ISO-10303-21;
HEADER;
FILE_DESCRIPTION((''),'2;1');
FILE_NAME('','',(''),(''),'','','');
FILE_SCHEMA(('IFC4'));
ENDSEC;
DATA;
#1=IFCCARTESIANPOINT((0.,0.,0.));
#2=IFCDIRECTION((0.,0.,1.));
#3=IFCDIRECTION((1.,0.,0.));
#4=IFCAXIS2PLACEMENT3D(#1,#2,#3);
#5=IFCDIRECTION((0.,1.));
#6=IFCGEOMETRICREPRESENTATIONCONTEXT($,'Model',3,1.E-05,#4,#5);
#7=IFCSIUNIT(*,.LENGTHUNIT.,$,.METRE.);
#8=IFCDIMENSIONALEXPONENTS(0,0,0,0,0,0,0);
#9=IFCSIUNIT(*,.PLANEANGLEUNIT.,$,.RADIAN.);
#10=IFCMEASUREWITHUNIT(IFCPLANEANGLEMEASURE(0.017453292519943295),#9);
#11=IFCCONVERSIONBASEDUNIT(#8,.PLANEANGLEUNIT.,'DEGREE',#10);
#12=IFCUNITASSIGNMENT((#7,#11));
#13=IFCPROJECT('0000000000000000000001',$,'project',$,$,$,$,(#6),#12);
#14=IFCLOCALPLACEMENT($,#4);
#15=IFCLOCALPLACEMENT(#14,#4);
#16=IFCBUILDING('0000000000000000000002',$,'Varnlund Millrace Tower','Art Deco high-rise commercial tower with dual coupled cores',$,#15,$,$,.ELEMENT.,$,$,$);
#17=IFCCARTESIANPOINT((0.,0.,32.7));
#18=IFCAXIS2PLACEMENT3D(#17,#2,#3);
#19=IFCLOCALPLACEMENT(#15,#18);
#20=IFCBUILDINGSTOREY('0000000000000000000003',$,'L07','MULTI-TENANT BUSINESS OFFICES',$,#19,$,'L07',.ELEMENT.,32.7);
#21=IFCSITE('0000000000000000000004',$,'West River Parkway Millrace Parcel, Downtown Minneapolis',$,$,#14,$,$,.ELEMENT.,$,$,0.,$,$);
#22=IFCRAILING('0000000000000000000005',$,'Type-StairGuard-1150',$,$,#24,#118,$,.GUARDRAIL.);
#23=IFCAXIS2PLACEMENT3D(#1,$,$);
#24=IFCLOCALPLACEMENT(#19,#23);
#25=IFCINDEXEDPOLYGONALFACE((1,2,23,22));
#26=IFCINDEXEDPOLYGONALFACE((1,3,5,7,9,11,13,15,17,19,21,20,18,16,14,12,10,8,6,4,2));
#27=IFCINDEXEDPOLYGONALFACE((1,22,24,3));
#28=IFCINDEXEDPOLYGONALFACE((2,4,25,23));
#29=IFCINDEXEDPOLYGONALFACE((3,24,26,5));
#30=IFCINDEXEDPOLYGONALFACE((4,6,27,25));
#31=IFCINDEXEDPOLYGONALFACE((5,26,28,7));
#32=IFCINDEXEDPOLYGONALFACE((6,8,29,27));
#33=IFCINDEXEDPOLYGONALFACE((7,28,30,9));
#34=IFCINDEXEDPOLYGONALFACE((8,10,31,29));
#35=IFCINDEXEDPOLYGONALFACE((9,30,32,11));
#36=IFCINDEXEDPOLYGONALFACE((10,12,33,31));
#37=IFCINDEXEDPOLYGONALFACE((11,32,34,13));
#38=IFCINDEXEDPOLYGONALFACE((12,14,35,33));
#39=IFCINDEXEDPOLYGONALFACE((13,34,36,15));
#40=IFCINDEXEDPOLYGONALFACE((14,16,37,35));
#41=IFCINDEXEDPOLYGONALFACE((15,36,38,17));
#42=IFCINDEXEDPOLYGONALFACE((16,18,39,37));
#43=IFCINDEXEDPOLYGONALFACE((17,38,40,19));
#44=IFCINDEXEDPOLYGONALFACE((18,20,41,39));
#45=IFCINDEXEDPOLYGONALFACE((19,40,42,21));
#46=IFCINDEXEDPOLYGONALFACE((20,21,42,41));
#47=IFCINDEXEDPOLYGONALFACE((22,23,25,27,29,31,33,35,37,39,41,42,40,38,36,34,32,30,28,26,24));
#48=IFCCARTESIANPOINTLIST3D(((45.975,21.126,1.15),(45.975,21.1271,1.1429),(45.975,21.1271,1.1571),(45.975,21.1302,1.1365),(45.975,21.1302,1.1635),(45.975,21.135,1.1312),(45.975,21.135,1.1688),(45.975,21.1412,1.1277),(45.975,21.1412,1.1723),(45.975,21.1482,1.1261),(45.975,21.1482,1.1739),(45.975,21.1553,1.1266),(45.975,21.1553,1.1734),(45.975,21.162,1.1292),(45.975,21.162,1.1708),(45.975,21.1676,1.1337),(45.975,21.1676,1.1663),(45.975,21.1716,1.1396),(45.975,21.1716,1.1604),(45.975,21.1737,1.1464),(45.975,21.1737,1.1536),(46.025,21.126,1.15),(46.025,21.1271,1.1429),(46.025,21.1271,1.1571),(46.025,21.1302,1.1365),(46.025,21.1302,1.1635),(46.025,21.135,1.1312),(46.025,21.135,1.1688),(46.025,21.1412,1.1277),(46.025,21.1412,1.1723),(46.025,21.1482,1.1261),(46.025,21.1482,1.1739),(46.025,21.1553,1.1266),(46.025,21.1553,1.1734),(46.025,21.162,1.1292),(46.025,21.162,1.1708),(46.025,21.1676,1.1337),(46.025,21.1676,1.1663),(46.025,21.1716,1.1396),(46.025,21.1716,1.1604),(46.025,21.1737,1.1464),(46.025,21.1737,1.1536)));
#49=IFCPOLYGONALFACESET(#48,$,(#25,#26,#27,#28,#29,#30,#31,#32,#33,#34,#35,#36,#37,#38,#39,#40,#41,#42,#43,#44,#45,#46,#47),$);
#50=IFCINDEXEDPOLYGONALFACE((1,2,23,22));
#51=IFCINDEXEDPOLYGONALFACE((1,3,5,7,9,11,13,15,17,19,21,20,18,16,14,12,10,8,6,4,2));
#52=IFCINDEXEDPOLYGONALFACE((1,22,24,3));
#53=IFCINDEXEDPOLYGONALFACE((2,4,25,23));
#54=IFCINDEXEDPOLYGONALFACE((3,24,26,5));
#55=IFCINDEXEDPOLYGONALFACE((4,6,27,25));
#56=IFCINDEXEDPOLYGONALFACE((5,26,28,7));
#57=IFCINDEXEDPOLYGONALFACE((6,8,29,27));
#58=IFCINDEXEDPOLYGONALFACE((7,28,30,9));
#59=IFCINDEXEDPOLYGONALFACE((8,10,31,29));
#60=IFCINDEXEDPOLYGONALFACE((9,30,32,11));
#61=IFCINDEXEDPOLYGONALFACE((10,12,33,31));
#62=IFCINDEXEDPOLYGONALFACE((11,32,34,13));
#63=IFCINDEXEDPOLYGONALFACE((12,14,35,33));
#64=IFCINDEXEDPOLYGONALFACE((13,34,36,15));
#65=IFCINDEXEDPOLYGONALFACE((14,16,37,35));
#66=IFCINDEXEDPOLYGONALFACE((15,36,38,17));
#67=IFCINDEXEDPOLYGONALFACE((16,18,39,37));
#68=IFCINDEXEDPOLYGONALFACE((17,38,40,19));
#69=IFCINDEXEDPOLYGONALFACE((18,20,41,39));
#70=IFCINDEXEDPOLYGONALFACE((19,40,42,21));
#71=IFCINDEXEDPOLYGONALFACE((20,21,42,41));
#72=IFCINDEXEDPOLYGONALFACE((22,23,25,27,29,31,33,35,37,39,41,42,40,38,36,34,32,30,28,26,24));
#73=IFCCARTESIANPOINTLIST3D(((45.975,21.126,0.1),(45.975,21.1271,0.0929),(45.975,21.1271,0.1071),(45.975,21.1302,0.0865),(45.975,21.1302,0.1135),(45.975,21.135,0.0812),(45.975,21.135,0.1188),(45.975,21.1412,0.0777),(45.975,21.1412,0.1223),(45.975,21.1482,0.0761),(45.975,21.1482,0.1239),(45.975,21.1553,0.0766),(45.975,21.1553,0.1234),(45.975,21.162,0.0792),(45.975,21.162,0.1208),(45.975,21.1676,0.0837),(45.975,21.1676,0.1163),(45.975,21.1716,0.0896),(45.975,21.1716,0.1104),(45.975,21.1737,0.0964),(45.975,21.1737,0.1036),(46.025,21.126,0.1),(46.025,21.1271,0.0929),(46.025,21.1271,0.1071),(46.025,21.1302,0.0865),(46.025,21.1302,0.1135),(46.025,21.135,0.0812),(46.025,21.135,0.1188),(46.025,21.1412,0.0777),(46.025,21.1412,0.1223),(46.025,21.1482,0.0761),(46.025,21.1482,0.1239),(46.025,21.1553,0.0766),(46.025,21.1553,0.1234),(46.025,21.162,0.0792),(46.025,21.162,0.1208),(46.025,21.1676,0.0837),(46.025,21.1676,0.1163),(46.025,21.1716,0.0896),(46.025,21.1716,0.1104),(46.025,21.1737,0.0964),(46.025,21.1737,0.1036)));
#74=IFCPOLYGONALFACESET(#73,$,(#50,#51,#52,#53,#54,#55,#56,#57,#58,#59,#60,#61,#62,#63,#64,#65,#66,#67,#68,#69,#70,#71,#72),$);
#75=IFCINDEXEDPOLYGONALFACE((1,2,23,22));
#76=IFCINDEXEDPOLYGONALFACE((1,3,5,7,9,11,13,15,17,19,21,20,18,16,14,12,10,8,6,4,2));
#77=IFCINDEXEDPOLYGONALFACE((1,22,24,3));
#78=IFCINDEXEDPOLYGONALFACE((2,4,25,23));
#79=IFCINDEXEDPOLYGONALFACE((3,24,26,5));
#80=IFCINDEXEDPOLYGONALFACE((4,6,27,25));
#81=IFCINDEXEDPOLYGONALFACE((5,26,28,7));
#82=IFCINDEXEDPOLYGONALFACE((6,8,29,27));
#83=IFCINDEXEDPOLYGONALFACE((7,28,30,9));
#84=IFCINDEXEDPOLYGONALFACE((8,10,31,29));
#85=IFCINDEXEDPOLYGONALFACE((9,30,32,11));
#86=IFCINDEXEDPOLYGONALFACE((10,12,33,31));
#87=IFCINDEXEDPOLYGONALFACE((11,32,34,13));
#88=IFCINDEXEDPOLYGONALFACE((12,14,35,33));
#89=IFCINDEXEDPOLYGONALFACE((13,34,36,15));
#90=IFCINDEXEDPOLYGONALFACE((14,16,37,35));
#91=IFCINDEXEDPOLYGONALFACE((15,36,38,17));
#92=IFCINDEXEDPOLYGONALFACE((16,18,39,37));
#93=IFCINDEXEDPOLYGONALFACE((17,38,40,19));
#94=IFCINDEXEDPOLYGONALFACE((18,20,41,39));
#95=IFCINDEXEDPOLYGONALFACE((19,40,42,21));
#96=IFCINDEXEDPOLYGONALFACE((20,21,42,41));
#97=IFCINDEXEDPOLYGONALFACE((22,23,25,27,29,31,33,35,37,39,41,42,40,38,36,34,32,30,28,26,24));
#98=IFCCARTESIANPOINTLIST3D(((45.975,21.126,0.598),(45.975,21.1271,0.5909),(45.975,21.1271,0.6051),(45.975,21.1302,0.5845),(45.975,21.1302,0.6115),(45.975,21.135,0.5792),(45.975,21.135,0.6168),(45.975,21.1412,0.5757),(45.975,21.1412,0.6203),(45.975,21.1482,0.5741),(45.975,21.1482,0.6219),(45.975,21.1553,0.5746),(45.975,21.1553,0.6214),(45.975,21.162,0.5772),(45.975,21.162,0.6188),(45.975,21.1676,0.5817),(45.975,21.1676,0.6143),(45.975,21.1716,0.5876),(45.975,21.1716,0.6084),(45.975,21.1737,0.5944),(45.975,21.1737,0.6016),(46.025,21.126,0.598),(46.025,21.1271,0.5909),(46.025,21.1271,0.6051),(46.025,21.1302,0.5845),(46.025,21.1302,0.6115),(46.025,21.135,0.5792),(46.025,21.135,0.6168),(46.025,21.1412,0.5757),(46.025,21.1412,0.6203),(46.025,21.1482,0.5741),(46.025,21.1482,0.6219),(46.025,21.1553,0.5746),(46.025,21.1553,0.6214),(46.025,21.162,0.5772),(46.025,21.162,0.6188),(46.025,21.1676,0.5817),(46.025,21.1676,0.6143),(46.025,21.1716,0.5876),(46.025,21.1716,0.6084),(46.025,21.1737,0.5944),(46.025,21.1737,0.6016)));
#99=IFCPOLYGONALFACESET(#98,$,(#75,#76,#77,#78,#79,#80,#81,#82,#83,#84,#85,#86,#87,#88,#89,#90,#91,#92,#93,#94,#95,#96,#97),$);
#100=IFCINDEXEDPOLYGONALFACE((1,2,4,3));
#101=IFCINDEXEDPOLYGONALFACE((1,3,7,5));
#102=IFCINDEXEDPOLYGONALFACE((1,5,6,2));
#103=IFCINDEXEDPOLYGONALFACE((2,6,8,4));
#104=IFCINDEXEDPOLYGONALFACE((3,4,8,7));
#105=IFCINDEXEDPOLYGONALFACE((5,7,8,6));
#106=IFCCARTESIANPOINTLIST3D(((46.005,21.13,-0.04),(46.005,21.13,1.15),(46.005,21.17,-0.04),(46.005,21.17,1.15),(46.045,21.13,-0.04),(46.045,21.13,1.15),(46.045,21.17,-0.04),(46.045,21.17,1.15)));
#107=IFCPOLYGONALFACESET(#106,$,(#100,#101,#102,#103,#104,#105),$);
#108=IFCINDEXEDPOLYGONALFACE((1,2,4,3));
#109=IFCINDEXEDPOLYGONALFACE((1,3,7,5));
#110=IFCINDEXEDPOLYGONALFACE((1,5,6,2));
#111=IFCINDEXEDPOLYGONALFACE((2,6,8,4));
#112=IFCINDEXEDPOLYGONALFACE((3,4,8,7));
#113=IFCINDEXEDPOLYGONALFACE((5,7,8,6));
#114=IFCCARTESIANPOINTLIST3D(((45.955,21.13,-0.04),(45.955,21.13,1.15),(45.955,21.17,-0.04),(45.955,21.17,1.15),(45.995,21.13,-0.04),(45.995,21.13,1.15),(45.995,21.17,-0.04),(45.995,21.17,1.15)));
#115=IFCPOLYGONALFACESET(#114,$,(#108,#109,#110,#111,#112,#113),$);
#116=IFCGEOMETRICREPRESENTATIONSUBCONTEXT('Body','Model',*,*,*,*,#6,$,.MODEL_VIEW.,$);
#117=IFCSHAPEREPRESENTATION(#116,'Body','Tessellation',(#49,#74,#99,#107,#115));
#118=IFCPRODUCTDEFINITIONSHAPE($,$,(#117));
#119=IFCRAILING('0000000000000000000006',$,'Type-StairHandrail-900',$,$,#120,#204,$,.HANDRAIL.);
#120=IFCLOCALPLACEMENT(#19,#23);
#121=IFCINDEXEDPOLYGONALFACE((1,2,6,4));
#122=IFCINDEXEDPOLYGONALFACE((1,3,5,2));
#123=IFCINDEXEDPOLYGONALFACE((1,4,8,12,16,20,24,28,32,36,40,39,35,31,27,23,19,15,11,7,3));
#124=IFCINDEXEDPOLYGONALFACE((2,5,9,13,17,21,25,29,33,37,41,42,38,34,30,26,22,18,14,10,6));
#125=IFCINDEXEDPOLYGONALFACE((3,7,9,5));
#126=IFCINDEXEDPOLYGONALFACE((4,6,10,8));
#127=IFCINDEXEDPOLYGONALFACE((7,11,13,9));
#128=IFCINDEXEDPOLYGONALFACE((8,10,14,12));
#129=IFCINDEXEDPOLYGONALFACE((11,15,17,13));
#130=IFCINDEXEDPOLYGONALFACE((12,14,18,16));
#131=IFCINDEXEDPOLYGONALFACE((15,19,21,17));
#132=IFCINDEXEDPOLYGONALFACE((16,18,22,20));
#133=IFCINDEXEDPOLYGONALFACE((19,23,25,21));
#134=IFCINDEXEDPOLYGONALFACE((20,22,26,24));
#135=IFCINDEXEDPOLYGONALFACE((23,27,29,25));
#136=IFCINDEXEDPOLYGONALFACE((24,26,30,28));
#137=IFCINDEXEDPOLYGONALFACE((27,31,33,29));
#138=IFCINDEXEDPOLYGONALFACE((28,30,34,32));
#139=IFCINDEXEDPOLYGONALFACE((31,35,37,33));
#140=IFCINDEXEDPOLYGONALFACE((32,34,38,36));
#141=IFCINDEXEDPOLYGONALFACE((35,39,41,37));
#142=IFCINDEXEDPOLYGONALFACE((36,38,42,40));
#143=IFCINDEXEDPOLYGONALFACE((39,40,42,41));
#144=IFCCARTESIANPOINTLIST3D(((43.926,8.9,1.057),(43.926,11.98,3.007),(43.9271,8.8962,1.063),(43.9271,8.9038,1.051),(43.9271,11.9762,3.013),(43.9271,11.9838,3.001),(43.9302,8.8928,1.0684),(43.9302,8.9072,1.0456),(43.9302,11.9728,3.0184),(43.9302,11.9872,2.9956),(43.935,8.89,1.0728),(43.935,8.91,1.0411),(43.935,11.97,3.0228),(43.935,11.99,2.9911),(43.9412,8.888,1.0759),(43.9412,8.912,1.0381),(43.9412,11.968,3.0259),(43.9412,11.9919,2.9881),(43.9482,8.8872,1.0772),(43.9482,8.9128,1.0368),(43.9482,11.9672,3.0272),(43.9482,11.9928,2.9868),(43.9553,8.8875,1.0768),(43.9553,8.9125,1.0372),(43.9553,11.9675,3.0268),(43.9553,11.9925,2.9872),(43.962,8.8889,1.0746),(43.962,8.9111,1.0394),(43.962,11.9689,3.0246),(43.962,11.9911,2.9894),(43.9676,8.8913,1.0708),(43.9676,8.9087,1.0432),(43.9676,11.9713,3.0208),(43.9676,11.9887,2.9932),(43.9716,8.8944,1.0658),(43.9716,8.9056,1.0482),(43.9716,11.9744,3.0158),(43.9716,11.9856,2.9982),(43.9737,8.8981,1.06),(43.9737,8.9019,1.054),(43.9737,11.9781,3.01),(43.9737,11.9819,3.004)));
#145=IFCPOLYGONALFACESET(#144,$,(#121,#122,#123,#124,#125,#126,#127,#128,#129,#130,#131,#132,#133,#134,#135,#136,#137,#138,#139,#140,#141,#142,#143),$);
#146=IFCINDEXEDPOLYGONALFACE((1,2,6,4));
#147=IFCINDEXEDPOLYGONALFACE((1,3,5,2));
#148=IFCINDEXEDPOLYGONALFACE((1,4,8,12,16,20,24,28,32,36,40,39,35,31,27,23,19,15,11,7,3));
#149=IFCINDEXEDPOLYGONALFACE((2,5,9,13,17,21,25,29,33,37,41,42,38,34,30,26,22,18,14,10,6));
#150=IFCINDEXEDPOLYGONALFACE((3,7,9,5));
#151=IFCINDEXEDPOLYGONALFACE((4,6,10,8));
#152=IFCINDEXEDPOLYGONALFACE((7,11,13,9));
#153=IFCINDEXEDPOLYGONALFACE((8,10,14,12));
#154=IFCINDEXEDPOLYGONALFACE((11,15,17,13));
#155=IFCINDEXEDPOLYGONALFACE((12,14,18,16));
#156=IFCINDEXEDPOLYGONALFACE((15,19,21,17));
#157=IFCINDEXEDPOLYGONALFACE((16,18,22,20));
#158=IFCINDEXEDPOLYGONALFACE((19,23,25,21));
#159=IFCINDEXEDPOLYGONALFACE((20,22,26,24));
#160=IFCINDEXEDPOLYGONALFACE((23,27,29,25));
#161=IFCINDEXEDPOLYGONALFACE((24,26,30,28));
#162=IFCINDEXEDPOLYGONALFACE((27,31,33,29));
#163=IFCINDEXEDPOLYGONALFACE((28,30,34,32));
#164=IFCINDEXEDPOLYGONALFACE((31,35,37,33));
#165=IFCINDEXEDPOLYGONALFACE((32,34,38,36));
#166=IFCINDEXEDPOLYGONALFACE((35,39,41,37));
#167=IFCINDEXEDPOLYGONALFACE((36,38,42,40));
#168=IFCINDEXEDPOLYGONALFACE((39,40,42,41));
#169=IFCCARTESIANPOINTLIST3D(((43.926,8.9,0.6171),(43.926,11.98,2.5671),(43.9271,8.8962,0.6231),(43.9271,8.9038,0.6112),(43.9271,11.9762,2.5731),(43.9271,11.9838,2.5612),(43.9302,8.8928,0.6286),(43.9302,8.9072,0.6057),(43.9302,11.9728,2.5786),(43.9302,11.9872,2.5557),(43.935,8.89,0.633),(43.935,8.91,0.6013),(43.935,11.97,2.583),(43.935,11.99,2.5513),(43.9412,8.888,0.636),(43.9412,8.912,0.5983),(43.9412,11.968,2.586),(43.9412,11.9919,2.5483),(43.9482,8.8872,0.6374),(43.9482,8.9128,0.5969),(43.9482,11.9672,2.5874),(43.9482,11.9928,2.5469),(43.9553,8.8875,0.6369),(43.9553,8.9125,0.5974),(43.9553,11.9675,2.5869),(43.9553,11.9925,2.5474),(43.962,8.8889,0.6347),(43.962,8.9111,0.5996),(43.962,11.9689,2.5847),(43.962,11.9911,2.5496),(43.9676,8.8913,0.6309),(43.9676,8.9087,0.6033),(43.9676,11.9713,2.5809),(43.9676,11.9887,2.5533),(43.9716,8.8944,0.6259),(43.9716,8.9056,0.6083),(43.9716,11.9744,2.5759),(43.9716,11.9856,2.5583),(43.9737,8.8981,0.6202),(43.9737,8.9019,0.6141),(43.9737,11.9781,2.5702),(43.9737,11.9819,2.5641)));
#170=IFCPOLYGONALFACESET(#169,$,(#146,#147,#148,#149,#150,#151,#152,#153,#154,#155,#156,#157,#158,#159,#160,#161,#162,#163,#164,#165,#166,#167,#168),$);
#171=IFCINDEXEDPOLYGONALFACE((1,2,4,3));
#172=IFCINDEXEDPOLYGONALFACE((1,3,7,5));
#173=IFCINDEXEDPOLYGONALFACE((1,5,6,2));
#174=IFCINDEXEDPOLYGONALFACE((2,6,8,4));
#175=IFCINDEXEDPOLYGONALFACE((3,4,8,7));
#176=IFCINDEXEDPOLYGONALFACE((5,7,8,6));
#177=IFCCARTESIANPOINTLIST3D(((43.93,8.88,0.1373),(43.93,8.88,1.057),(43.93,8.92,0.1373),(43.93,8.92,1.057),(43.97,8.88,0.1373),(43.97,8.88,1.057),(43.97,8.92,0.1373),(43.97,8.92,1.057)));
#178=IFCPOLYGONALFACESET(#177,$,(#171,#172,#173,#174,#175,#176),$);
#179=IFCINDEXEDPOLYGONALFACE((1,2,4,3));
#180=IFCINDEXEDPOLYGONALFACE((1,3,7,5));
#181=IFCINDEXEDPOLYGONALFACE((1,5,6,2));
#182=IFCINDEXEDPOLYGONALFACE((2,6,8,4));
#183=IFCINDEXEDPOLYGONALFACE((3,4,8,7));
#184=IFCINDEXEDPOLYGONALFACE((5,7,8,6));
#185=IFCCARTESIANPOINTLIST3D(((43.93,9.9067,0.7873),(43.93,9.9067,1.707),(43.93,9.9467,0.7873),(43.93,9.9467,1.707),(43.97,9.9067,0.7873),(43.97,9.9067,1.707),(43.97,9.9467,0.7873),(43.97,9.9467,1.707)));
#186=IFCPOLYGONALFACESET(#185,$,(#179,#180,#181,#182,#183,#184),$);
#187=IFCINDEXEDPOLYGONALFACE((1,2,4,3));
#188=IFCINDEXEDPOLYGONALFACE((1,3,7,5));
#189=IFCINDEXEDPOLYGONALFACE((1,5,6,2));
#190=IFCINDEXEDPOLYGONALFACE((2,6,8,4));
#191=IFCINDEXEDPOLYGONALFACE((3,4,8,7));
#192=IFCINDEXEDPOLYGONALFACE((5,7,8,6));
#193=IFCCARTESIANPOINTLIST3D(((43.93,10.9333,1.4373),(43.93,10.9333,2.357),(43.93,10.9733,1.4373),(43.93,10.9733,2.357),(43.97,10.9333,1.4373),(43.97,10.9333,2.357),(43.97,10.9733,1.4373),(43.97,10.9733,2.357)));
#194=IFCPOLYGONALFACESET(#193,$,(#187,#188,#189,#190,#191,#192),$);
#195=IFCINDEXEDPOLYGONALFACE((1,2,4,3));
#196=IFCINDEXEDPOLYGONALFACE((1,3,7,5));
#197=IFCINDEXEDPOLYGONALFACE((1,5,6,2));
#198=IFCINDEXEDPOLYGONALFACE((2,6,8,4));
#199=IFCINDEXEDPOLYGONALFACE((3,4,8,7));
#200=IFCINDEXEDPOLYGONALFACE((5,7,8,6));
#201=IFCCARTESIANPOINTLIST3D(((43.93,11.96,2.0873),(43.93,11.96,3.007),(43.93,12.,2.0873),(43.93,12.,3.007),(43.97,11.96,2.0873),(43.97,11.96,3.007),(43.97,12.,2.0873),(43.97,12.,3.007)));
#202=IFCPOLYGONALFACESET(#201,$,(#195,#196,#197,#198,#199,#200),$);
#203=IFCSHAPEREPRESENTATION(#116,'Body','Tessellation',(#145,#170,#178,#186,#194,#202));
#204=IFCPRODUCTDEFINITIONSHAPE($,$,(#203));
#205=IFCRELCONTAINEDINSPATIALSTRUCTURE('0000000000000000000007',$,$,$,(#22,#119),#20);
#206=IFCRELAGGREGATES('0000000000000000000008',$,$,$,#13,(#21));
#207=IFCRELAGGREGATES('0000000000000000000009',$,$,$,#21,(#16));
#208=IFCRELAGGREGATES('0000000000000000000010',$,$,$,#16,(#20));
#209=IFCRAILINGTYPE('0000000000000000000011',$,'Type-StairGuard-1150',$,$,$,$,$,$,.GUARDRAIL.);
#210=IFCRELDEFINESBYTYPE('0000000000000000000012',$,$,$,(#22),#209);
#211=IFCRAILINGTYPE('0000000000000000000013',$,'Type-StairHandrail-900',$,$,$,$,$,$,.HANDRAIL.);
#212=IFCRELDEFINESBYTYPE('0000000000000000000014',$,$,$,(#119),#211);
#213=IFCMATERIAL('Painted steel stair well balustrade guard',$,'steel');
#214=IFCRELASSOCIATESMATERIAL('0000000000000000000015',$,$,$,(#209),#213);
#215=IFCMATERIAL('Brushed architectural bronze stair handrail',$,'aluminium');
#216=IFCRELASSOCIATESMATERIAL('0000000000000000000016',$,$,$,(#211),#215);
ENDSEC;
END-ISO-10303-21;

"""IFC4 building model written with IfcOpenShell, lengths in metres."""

from ifc_helpers import new_model, entity, si_unit, converted_unit, direction, frame, origin_with_axes, origin_2d_with_axis, place, context, subcontext, project, spatial, rectangle, circle, extrude, material, type_object, element, save


model = new_model("IFC4")

# Units and contexts
model_context = context("Model", 3, precision=1e-05, world=origin_with_axes(), true_north=direction((0.0, 1.0)))
body_context = subcontext(model_context, "Body", "Model", "MODEL_VIEW")
ifc_project = project(units=[si_unit("LENGTHUNIT", "METRE"), converted_unit("PLANEANGLEUNIT", "DEGREE", entity("IfcPlaneAngleMeasure", 0.017453292519943295), si_unit("PLANEANGLEUNIT", "RADIAN"), dimensions=[0, 0, 0, 0, 0, 0, 0])], contexts=[model_context])

# Site, building, storey
site_placement = place(None, origin_with_axes())
site = spatial("IfcSite", under=ifc_project, at=site_placement, Name="West River Parkway Millrace Parcel, Downtown Minneapolis", CompositionType="ELEMENT", RefElevation=0.0)
building_placement = place(site_placement, origin_with_axes())
building = spatial("IfcBuilding", under=site, at=building_placement, Name="Varnlund Millrace Tower", Description="Art Deco high-rise commercial tower with dual coupled cores", CompositionType="ELEMENT")
storey_placement = place(building_placement, frame((0.0, 0.0, 32.7), z_axis=(0.0, 0.0, 1.0), x_axis=(1.0, 0.0, 0.0)))
storey = spatial("IfcBuildingStorey", under=building, at=storey_placement, Name="L07", Description="MULTI-TENANT BUSINESS OFFICES", LongName="L07", CompositionType="ELEMENT", Elevation=32.7)

# Railings
ifc_material_1 = material(Name="Painted steel stair well balustrade guard", Category="steel")
railing_type_1 = type_object("IfcRailingType", Name="Type-StairGuard-1150", PredefinedType="GUARDRAIL", material=ifc_material_1)
railing_1_placement = place(storey_placement, frame((0.0, 0.0, -32.7), z_axis=(0.0, 0.0, 1.0), x_axis=(1.0, 0.0, 0.0)))
element("IfcRailing", 1, at=railing_1_placement, inside=storey, type_object=railing_type_1, Name="Type-StairGuard-1150", PredefinedType="GUARDRAIL", context=body_context, shape_type="SweptSolid", body=[
    extrude(circle(Radius=0.024, at=origin_2d_with_axis()), frame((46.025, 21.15, 33.85), z_axis=(-1.0, 0.0, 0.0), x_axis=(0.0, -1.0, 0.0)), (0.0, 0.0, 1.0), 0.05),
    extrude(circle(Radius=0.024, at=origin_2d_with_axis()), frame((46.025, 21.15, 32.8), z_axis=(-1.0, 0.0, 0.0), x_axis=(0.0, -1.0, 0.0)), (0.0, 0.0, 1.0), 0.05),
    extrude(circle(Radius=0.024, at=origin_2d_with_axis()), frame((46.025, 21.15, 33.298), z_axis=(-1.0, 0.0, 0.0), x_axis=(0.0, -1.0, 0.0)), (0.0, 0.0, 1.0), 0.05),
    extrude(rectangle(XDim=0.04, YDim=0.04, at=origin_2d_with_axis()), frame((46.025, 21.15, 32.66), z_axis=(0.0, 0.0, 1.0), x_axis=(1.0, 0.0, 0.0)), (0.0, 0.0, 1.0), 1.19),
    extrude(rectangle(XDim=0.04, YDim=0.04, at=origin_2d_with_axis()), frame((45.975, 21.15, 32.66), z_axis=(0.0, 0.0, 1.0), x_axis=(1.0, 0.0, 0.0)), (0.0, 0.0, 1.0), 1.19),
])
ifc_material_2 = material(Name="Brushed architectural bronze stair handrail", Category="aluminium")
railing_type_2 = type_object("IfcRailingType", Name="Type-StairHandrail-900", PredefinedType="HANDRAIL", material=ifc_material_2)
railing_2_placement = place(storey_placement, frame((0.0, 0.0, -32.7), z_axis=(0.0, 0.0, 1.0), x_axis=(1.0, 0.0, 0.0)))
element("IfcRailing", 2, at=railing_2_placement, inside=storey, type_object=railing_type_2, Name="Type-StairHandrail-900", PredefinedType="HANDRAIL", context=body_context, shape_type="SweptSolid", body=[
    extrude(circle(Radius=0.024, at=origin_2d_with_axis()), frame((43.95, 8.9, 33.757), z_axis=(0.0, 0.844902, 0.534922), x_axis=(-1.0, 0.0, 0.0)), (0.0, 0.0, 1.0), 3.6454),
    extrude(circle(Radius=0.024, at=origin_2d_with_axis()), frame((43.95, 8.9, 33.3171), z_axis=(0.0, 0.844902, 0.534922), x_axis=(-1.0, 0.0, 0.0)), (0.0, 0.0, 1.0), 3.6454),
    extrude(rectangle(XDim=0.04, YDim=0.04, at=origin_2d_with_axis()), frame((43.95, 8.9, 32.8373), z_axis=(0.0, 0.0, 1.0), x_axis=(1.0, 0.0, 0.0)), (0.0, 0.0, 1.0), 0.9197),
    extrude(rectangle(XDim=0.04, YDim=0.04, at=origin_2d_with_axis()), frame((43.95, 9.9267, 33.4873), z_axis=(0.0, 0.0, 1.0), x_axis=(1.0, 0.0, 0.0)), (0.0, 0.0, 1.0), 0.9197),
    extrude(rectangle(XDim=0.04, YDim=0.04, at=origin_2d_with_axis()), frame((43.95, 10.9533, 34.1373), z_axis=(0.0, 0.0, 1.0), x_axis=(1.0, 0.0, 0.0)), (0.0, 0.0, 1.0), 0.9197),
    extrude(rectangle(XDim=0.04, YDim=0.04, at=origin_2d_with_axis()), frame((43.95, 11.98, 34.7873), z_axis=(0.0, 0.0, 1.0), x_axis=(1.0, 0.0, 0.0)), (0.0, 0.0, 1.0), 0.9197),
])

save(model, "model.ifc")
